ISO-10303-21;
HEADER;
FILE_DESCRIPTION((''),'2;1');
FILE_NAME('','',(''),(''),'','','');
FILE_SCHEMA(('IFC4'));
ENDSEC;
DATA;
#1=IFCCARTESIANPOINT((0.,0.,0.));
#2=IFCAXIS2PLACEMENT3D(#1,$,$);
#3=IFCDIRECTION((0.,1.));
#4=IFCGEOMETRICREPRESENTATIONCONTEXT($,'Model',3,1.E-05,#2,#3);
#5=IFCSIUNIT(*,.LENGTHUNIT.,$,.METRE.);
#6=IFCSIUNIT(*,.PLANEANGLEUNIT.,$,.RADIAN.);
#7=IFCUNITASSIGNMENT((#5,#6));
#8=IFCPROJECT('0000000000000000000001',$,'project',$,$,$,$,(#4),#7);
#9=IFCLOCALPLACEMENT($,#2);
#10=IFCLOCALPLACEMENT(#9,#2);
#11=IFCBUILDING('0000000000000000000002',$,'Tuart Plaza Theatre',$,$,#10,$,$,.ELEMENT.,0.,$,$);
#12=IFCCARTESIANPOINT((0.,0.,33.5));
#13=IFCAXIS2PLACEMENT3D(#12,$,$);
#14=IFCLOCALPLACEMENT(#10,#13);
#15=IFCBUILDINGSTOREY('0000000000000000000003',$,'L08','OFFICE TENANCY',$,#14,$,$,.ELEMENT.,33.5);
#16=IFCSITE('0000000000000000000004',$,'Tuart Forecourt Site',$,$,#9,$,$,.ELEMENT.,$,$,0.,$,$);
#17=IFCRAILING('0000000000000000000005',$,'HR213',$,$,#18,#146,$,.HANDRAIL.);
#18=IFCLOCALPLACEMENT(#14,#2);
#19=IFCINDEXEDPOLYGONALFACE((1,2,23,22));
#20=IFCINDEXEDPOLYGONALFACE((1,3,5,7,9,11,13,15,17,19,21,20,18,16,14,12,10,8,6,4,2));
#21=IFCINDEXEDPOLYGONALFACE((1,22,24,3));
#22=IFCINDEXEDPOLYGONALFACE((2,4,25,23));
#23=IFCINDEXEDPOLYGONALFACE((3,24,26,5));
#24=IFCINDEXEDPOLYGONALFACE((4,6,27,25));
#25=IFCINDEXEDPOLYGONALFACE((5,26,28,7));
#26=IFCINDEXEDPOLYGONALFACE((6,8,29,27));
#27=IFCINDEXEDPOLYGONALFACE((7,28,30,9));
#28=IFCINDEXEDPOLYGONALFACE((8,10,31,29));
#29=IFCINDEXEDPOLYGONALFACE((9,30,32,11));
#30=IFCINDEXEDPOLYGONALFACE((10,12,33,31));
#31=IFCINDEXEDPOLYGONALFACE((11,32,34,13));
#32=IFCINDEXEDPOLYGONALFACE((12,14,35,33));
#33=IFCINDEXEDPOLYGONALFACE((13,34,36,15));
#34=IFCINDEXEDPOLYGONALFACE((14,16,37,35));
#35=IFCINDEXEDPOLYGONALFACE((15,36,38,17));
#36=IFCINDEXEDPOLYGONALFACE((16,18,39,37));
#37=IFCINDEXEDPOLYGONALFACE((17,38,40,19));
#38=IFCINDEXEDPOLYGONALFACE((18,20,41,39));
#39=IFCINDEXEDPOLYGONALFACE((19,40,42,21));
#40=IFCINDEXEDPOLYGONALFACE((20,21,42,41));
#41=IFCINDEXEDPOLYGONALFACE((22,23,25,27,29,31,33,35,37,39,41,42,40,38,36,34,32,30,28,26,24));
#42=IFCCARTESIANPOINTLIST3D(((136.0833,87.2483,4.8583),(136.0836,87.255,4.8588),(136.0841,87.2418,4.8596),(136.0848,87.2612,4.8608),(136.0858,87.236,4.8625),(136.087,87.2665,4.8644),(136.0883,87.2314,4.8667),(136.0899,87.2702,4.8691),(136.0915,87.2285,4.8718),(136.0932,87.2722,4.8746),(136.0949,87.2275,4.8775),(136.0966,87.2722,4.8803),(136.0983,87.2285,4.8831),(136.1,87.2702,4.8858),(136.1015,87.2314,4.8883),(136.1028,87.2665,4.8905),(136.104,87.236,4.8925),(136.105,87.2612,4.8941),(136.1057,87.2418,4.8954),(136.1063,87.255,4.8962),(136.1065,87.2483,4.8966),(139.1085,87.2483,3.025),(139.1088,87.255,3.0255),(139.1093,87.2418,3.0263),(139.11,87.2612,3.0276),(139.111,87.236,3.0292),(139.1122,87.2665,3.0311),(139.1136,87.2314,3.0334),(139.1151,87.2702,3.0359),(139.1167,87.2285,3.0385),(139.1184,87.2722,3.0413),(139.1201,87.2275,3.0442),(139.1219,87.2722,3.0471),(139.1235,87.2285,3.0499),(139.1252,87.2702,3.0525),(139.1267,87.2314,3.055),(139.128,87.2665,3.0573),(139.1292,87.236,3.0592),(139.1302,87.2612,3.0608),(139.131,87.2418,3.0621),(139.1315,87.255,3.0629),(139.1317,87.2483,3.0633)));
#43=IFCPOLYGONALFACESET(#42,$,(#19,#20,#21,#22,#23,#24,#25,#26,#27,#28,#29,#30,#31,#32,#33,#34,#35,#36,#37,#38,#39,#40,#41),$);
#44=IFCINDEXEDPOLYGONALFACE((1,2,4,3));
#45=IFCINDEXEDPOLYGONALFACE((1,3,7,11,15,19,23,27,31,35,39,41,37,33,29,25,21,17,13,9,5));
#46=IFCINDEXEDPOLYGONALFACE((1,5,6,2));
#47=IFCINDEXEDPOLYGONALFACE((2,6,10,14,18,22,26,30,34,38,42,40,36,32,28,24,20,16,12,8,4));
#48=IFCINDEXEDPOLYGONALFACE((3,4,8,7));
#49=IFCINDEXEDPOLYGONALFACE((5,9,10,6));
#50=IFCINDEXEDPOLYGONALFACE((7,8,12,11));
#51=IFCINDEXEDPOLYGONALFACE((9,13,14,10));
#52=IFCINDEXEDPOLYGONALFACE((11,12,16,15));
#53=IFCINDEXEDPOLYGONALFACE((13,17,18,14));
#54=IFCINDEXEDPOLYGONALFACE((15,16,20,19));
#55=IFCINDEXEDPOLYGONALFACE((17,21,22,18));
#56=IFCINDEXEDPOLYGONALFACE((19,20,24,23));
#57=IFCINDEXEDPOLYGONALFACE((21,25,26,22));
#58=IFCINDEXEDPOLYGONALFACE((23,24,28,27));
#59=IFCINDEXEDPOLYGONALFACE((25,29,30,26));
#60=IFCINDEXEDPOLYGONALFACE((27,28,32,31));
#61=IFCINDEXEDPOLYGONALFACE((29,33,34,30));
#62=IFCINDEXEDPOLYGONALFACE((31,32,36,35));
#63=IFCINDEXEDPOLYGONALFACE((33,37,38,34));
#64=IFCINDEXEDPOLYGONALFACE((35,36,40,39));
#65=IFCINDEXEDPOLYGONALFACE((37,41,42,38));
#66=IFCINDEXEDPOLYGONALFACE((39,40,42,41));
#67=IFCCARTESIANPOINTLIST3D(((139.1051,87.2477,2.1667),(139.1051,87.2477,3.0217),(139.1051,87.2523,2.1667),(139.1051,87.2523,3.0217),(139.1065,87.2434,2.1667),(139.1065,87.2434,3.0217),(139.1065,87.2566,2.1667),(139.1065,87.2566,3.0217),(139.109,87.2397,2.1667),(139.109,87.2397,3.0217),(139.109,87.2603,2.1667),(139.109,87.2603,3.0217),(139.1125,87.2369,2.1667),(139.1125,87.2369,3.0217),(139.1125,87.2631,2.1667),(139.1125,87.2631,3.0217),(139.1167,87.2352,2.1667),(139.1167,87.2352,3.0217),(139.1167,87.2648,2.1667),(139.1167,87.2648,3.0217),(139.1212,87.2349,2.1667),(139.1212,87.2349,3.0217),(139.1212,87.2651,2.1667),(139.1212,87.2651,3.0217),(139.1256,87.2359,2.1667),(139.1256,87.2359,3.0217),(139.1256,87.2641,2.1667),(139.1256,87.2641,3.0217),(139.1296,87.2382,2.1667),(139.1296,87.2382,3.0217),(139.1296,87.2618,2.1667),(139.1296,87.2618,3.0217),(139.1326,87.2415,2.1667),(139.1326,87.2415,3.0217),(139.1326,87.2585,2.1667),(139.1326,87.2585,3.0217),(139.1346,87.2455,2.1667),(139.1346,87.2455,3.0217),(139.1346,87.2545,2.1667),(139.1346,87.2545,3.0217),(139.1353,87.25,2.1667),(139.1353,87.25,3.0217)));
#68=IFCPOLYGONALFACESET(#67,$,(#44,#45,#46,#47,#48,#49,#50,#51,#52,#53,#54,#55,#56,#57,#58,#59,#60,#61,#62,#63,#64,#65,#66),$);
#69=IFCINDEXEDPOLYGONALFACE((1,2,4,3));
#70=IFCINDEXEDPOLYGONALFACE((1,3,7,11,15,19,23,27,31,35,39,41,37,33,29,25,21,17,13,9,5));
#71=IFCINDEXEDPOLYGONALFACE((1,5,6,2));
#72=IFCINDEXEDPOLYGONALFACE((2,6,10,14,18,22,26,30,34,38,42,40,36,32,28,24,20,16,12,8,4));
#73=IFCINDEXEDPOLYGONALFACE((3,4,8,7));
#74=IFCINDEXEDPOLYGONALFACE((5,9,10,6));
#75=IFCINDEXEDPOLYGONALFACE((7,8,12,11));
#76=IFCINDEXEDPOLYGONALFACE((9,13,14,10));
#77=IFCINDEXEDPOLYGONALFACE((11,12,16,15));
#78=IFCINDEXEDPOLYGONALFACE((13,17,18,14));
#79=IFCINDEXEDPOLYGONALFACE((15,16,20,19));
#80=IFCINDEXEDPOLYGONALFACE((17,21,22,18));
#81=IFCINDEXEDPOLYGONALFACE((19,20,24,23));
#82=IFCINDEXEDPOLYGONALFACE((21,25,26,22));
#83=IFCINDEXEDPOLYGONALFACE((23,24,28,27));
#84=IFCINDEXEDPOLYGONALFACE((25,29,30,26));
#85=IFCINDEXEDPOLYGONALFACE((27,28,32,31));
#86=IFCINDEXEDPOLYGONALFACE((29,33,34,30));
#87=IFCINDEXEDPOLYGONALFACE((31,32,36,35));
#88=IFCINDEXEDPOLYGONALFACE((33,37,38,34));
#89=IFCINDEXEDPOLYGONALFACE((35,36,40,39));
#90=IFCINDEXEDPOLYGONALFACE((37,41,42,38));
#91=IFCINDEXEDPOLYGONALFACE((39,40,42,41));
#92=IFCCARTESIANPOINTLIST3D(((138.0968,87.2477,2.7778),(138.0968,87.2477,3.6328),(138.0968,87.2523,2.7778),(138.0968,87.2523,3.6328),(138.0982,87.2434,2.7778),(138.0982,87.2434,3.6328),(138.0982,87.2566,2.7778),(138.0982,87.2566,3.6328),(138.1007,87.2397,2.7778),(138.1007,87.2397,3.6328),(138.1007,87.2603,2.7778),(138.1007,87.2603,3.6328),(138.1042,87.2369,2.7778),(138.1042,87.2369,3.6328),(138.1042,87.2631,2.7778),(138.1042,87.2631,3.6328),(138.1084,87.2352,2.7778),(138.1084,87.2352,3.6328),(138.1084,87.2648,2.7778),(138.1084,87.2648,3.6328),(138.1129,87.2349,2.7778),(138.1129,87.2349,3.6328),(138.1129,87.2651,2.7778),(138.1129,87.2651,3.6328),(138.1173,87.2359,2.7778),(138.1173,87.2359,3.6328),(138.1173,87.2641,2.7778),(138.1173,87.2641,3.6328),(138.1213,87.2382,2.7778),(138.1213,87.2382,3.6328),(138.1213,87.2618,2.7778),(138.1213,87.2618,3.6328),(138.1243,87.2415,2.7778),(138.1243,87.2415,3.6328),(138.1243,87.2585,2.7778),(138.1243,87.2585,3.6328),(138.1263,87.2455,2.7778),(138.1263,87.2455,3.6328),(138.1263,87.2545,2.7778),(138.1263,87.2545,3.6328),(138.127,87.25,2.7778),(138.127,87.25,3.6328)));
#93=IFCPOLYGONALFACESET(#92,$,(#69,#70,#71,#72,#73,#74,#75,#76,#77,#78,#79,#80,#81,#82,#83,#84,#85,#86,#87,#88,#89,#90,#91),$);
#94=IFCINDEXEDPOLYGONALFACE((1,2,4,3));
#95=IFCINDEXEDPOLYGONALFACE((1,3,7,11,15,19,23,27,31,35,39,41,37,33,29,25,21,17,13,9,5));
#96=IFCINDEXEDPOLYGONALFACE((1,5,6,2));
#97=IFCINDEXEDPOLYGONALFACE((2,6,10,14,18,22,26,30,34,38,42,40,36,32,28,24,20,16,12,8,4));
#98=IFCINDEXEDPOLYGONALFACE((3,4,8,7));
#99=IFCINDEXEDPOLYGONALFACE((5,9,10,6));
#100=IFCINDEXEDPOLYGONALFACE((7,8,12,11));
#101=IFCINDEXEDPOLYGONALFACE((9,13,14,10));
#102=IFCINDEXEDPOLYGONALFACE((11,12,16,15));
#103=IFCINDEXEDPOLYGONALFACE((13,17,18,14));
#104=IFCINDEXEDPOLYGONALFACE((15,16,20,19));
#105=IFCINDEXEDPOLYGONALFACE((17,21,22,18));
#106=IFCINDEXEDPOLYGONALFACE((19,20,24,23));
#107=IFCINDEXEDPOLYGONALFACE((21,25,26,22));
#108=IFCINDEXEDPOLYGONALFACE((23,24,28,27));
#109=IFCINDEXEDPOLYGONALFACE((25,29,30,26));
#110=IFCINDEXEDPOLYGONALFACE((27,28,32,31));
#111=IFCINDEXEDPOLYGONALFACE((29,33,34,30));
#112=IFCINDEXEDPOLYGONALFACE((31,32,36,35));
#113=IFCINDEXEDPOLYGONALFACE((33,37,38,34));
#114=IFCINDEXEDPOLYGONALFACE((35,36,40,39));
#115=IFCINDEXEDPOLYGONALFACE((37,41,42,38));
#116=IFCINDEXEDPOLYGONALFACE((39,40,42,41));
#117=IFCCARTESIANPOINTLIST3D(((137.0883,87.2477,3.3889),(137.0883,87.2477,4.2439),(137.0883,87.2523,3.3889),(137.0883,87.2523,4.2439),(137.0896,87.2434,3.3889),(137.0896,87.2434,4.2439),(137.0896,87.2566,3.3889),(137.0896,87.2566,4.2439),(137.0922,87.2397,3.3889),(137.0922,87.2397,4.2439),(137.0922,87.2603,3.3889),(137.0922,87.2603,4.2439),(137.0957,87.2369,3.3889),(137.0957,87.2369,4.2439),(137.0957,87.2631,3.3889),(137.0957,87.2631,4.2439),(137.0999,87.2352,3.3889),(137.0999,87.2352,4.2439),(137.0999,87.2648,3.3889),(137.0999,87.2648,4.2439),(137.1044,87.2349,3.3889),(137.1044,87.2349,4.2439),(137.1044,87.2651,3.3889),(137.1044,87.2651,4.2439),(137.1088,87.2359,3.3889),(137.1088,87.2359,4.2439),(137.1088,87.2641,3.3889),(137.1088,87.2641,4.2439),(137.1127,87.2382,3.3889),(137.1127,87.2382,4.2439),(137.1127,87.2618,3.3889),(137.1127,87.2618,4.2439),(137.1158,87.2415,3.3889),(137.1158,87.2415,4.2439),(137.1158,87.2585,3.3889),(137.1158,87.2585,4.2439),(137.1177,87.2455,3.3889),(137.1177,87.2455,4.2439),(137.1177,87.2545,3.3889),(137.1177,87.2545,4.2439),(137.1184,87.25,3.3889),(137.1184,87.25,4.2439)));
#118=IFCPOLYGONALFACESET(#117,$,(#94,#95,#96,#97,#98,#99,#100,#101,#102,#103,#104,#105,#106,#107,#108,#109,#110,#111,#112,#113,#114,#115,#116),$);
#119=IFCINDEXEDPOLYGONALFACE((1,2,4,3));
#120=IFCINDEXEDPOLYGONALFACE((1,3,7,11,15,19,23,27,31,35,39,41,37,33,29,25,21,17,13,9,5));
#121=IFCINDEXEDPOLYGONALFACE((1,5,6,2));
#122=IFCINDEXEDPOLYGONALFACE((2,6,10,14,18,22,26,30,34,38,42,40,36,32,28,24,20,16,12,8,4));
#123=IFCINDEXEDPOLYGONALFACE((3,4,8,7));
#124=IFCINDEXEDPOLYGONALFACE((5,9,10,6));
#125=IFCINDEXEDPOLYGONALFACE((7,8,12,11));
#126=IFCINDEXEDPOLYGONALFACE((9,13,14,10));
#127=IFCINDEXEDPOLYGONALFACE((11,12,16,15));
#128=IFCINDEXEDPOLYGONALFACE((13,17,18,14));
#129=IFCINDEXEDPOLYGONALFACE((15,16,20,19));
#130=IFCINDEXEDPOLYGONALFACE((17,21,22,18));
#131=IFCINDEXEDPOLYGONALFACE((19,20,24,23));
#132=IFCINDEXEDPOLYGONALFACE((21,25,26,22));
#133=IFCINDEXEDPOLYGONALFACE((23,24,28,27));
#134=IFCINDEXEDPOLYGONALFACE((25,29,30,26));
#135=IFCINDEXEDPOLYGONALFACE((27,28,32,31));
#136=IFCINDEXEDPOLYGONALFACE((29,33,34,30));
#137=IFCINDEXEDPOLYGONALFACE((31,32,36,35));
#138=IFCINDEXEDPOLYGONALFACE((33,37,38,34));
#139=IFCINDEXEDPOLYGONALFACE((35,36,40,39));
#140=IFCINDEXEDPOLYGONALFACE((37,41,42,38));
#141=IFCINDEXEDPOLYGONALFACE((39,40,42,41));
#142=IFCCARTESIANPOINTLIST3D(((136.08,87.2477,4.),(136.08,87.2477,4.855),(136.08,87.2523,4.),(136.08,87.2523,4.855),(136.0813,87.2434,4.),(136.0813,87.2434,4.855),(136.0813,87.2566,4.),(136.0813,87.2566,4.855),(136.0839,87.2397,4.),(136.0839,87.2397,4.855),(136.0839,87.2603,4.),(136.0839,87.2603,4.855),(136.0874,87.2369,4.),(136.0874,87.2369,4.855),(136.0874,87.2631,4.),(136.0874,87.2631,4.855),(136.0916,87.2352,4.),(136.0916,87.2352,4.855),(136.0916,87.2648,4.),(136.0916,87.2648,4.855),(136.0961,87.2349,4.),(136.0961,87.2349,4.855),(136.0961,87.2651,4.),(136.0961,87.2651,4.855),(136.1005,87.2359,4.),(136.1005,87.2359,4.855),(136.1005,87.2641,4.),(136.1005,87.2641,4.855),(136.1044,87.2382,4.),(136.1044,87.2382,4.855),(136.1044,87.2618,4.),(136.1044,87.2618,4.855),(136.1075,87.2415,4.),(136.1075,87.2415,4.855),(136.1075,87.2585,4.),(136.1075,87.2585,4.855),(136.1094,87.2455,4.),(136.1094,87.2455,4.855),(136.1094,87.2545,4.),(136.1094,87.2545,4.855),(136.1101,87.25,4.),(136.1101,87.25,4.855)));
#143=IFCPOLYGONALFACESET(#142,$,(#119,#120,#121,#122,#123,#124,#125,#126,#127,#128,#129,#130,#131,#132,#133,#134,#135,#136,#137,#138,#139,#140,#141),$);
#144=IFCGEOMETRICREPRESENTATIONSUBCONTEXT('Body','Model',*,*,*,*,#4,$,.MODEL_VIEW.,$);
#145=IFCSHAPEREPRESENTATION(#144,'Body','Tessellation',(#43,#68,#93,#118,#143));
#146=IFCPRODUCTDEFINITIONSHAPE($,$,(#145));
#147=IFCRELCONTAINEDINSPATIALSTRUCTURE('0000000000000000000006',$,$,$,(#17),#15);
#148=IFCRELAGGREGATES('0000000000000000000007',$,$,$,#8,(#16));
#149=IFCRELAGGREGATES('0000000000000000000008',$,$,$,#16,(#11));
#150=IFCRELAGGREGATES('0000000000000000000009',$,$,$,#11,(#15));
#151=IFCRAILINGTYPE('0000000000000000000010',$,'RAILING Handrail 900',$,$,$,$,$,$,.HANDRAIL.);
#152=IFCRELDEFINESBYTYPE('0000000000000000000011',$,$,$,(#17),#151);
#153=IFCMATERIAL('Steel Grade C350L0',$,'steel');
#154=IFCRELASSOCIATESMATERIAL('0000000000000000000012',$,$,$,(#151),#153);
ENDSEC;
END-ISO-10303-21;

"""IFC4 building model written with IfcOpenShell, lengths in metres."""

from ifc_helpers import new_model, si_unit, direction, frame, origin, origin_2d, place, context, subcontext, project, spatial, circle, extrude, material, type_object, element, save


model = new_model("IFC4")

# Units and contexts
model_context = context("Model", 3, precision=1e-05, world=origin(), true_north=direction((0.0, 1.0)))
body_context = subcontext(model_context, "Body", "Model", "MODEL_VIEW")
ifc_project = project(units=[si_unit("LENGTHUNIT", "METRE"), si_unit("PLANEANGLEUNIT", "RADIAN")], contexts=[model_context])

# Site, building, storey
site_placement = place(None, origin())
site = spatial("IfcSite", under=ifc_project, at=site_placement, Name="Tuart Forecourt Site", CompositionType="ELEMENT", RefElevation=0.0)
building_placement = place(site_placement, origin())
building = spatial("IfcBuilding", under=site, at=building_placement, Name="Tuart Plaza Theatre", CompositionType="ELEMENT", ElevationOfRefHeight=0.0)
storey_placement = place(building_placement, frame((0.0, 0.0, 33.5)))
storey = spatial("IfcBuildingStorey", under=building, at=storey_placement, Name="L08", Description="OFFICE TENANCY", CompositionType="ELEMENT", Elevation=33.5)

# Railing
ifc_material_1 = material(Name="Steel Grade C350L0", Category="steel")
railing_type_1 = type_object("IfcRailingType", Name="RAILING Handrail 900", PredefinedType="HANDRAIL", material=ifc_material_1)
for number, where, name in (
    (1, (139.1201, 87.25, 2.1667), "HR213"),
):
    element("IfcRailing", number, at=place(storey_placement, frame(where)), inside=storey, type_object=railing_type_1, Name=name, PredefinedType="HANDRAIL", context=body_context, shape_type="SweptSolid", body=[
        extrude(circle(Radius=0.0225, at=origin_2d()), frame((0.0, 0.0, 0.8774), z_axis=(-0.855219, 0.0, 0.518267), x_axis=(0.0, -1.0, 0.0)), (0.0, 0.0, 1.0), 3.5374),
        extrude(circle(Radius=0.0151, at=origin_2d()), origin(), (0.0, 0.0, 1.0), 0.855),
        extrude(circle(Radius=0.0151, at=origin_2d()), frame((-1.0083, 0.0, 0.6111)), (0.0, 0.0, 1.0), 0.855),
        extrude(circle(Radius=0.0151, at=origin_2d()), frame((-2.0168, 0.0, 1.2222)), (0.0, 0.0, 1.0), 0.855),
        extrude(circle(Radius=0.0151, at=origin_2d()), frame((-3.0251, 0.0, 1.8333)), (0.0, 0.0, 1.0), 0.855),
    ])

save(model, "model.ifc")
